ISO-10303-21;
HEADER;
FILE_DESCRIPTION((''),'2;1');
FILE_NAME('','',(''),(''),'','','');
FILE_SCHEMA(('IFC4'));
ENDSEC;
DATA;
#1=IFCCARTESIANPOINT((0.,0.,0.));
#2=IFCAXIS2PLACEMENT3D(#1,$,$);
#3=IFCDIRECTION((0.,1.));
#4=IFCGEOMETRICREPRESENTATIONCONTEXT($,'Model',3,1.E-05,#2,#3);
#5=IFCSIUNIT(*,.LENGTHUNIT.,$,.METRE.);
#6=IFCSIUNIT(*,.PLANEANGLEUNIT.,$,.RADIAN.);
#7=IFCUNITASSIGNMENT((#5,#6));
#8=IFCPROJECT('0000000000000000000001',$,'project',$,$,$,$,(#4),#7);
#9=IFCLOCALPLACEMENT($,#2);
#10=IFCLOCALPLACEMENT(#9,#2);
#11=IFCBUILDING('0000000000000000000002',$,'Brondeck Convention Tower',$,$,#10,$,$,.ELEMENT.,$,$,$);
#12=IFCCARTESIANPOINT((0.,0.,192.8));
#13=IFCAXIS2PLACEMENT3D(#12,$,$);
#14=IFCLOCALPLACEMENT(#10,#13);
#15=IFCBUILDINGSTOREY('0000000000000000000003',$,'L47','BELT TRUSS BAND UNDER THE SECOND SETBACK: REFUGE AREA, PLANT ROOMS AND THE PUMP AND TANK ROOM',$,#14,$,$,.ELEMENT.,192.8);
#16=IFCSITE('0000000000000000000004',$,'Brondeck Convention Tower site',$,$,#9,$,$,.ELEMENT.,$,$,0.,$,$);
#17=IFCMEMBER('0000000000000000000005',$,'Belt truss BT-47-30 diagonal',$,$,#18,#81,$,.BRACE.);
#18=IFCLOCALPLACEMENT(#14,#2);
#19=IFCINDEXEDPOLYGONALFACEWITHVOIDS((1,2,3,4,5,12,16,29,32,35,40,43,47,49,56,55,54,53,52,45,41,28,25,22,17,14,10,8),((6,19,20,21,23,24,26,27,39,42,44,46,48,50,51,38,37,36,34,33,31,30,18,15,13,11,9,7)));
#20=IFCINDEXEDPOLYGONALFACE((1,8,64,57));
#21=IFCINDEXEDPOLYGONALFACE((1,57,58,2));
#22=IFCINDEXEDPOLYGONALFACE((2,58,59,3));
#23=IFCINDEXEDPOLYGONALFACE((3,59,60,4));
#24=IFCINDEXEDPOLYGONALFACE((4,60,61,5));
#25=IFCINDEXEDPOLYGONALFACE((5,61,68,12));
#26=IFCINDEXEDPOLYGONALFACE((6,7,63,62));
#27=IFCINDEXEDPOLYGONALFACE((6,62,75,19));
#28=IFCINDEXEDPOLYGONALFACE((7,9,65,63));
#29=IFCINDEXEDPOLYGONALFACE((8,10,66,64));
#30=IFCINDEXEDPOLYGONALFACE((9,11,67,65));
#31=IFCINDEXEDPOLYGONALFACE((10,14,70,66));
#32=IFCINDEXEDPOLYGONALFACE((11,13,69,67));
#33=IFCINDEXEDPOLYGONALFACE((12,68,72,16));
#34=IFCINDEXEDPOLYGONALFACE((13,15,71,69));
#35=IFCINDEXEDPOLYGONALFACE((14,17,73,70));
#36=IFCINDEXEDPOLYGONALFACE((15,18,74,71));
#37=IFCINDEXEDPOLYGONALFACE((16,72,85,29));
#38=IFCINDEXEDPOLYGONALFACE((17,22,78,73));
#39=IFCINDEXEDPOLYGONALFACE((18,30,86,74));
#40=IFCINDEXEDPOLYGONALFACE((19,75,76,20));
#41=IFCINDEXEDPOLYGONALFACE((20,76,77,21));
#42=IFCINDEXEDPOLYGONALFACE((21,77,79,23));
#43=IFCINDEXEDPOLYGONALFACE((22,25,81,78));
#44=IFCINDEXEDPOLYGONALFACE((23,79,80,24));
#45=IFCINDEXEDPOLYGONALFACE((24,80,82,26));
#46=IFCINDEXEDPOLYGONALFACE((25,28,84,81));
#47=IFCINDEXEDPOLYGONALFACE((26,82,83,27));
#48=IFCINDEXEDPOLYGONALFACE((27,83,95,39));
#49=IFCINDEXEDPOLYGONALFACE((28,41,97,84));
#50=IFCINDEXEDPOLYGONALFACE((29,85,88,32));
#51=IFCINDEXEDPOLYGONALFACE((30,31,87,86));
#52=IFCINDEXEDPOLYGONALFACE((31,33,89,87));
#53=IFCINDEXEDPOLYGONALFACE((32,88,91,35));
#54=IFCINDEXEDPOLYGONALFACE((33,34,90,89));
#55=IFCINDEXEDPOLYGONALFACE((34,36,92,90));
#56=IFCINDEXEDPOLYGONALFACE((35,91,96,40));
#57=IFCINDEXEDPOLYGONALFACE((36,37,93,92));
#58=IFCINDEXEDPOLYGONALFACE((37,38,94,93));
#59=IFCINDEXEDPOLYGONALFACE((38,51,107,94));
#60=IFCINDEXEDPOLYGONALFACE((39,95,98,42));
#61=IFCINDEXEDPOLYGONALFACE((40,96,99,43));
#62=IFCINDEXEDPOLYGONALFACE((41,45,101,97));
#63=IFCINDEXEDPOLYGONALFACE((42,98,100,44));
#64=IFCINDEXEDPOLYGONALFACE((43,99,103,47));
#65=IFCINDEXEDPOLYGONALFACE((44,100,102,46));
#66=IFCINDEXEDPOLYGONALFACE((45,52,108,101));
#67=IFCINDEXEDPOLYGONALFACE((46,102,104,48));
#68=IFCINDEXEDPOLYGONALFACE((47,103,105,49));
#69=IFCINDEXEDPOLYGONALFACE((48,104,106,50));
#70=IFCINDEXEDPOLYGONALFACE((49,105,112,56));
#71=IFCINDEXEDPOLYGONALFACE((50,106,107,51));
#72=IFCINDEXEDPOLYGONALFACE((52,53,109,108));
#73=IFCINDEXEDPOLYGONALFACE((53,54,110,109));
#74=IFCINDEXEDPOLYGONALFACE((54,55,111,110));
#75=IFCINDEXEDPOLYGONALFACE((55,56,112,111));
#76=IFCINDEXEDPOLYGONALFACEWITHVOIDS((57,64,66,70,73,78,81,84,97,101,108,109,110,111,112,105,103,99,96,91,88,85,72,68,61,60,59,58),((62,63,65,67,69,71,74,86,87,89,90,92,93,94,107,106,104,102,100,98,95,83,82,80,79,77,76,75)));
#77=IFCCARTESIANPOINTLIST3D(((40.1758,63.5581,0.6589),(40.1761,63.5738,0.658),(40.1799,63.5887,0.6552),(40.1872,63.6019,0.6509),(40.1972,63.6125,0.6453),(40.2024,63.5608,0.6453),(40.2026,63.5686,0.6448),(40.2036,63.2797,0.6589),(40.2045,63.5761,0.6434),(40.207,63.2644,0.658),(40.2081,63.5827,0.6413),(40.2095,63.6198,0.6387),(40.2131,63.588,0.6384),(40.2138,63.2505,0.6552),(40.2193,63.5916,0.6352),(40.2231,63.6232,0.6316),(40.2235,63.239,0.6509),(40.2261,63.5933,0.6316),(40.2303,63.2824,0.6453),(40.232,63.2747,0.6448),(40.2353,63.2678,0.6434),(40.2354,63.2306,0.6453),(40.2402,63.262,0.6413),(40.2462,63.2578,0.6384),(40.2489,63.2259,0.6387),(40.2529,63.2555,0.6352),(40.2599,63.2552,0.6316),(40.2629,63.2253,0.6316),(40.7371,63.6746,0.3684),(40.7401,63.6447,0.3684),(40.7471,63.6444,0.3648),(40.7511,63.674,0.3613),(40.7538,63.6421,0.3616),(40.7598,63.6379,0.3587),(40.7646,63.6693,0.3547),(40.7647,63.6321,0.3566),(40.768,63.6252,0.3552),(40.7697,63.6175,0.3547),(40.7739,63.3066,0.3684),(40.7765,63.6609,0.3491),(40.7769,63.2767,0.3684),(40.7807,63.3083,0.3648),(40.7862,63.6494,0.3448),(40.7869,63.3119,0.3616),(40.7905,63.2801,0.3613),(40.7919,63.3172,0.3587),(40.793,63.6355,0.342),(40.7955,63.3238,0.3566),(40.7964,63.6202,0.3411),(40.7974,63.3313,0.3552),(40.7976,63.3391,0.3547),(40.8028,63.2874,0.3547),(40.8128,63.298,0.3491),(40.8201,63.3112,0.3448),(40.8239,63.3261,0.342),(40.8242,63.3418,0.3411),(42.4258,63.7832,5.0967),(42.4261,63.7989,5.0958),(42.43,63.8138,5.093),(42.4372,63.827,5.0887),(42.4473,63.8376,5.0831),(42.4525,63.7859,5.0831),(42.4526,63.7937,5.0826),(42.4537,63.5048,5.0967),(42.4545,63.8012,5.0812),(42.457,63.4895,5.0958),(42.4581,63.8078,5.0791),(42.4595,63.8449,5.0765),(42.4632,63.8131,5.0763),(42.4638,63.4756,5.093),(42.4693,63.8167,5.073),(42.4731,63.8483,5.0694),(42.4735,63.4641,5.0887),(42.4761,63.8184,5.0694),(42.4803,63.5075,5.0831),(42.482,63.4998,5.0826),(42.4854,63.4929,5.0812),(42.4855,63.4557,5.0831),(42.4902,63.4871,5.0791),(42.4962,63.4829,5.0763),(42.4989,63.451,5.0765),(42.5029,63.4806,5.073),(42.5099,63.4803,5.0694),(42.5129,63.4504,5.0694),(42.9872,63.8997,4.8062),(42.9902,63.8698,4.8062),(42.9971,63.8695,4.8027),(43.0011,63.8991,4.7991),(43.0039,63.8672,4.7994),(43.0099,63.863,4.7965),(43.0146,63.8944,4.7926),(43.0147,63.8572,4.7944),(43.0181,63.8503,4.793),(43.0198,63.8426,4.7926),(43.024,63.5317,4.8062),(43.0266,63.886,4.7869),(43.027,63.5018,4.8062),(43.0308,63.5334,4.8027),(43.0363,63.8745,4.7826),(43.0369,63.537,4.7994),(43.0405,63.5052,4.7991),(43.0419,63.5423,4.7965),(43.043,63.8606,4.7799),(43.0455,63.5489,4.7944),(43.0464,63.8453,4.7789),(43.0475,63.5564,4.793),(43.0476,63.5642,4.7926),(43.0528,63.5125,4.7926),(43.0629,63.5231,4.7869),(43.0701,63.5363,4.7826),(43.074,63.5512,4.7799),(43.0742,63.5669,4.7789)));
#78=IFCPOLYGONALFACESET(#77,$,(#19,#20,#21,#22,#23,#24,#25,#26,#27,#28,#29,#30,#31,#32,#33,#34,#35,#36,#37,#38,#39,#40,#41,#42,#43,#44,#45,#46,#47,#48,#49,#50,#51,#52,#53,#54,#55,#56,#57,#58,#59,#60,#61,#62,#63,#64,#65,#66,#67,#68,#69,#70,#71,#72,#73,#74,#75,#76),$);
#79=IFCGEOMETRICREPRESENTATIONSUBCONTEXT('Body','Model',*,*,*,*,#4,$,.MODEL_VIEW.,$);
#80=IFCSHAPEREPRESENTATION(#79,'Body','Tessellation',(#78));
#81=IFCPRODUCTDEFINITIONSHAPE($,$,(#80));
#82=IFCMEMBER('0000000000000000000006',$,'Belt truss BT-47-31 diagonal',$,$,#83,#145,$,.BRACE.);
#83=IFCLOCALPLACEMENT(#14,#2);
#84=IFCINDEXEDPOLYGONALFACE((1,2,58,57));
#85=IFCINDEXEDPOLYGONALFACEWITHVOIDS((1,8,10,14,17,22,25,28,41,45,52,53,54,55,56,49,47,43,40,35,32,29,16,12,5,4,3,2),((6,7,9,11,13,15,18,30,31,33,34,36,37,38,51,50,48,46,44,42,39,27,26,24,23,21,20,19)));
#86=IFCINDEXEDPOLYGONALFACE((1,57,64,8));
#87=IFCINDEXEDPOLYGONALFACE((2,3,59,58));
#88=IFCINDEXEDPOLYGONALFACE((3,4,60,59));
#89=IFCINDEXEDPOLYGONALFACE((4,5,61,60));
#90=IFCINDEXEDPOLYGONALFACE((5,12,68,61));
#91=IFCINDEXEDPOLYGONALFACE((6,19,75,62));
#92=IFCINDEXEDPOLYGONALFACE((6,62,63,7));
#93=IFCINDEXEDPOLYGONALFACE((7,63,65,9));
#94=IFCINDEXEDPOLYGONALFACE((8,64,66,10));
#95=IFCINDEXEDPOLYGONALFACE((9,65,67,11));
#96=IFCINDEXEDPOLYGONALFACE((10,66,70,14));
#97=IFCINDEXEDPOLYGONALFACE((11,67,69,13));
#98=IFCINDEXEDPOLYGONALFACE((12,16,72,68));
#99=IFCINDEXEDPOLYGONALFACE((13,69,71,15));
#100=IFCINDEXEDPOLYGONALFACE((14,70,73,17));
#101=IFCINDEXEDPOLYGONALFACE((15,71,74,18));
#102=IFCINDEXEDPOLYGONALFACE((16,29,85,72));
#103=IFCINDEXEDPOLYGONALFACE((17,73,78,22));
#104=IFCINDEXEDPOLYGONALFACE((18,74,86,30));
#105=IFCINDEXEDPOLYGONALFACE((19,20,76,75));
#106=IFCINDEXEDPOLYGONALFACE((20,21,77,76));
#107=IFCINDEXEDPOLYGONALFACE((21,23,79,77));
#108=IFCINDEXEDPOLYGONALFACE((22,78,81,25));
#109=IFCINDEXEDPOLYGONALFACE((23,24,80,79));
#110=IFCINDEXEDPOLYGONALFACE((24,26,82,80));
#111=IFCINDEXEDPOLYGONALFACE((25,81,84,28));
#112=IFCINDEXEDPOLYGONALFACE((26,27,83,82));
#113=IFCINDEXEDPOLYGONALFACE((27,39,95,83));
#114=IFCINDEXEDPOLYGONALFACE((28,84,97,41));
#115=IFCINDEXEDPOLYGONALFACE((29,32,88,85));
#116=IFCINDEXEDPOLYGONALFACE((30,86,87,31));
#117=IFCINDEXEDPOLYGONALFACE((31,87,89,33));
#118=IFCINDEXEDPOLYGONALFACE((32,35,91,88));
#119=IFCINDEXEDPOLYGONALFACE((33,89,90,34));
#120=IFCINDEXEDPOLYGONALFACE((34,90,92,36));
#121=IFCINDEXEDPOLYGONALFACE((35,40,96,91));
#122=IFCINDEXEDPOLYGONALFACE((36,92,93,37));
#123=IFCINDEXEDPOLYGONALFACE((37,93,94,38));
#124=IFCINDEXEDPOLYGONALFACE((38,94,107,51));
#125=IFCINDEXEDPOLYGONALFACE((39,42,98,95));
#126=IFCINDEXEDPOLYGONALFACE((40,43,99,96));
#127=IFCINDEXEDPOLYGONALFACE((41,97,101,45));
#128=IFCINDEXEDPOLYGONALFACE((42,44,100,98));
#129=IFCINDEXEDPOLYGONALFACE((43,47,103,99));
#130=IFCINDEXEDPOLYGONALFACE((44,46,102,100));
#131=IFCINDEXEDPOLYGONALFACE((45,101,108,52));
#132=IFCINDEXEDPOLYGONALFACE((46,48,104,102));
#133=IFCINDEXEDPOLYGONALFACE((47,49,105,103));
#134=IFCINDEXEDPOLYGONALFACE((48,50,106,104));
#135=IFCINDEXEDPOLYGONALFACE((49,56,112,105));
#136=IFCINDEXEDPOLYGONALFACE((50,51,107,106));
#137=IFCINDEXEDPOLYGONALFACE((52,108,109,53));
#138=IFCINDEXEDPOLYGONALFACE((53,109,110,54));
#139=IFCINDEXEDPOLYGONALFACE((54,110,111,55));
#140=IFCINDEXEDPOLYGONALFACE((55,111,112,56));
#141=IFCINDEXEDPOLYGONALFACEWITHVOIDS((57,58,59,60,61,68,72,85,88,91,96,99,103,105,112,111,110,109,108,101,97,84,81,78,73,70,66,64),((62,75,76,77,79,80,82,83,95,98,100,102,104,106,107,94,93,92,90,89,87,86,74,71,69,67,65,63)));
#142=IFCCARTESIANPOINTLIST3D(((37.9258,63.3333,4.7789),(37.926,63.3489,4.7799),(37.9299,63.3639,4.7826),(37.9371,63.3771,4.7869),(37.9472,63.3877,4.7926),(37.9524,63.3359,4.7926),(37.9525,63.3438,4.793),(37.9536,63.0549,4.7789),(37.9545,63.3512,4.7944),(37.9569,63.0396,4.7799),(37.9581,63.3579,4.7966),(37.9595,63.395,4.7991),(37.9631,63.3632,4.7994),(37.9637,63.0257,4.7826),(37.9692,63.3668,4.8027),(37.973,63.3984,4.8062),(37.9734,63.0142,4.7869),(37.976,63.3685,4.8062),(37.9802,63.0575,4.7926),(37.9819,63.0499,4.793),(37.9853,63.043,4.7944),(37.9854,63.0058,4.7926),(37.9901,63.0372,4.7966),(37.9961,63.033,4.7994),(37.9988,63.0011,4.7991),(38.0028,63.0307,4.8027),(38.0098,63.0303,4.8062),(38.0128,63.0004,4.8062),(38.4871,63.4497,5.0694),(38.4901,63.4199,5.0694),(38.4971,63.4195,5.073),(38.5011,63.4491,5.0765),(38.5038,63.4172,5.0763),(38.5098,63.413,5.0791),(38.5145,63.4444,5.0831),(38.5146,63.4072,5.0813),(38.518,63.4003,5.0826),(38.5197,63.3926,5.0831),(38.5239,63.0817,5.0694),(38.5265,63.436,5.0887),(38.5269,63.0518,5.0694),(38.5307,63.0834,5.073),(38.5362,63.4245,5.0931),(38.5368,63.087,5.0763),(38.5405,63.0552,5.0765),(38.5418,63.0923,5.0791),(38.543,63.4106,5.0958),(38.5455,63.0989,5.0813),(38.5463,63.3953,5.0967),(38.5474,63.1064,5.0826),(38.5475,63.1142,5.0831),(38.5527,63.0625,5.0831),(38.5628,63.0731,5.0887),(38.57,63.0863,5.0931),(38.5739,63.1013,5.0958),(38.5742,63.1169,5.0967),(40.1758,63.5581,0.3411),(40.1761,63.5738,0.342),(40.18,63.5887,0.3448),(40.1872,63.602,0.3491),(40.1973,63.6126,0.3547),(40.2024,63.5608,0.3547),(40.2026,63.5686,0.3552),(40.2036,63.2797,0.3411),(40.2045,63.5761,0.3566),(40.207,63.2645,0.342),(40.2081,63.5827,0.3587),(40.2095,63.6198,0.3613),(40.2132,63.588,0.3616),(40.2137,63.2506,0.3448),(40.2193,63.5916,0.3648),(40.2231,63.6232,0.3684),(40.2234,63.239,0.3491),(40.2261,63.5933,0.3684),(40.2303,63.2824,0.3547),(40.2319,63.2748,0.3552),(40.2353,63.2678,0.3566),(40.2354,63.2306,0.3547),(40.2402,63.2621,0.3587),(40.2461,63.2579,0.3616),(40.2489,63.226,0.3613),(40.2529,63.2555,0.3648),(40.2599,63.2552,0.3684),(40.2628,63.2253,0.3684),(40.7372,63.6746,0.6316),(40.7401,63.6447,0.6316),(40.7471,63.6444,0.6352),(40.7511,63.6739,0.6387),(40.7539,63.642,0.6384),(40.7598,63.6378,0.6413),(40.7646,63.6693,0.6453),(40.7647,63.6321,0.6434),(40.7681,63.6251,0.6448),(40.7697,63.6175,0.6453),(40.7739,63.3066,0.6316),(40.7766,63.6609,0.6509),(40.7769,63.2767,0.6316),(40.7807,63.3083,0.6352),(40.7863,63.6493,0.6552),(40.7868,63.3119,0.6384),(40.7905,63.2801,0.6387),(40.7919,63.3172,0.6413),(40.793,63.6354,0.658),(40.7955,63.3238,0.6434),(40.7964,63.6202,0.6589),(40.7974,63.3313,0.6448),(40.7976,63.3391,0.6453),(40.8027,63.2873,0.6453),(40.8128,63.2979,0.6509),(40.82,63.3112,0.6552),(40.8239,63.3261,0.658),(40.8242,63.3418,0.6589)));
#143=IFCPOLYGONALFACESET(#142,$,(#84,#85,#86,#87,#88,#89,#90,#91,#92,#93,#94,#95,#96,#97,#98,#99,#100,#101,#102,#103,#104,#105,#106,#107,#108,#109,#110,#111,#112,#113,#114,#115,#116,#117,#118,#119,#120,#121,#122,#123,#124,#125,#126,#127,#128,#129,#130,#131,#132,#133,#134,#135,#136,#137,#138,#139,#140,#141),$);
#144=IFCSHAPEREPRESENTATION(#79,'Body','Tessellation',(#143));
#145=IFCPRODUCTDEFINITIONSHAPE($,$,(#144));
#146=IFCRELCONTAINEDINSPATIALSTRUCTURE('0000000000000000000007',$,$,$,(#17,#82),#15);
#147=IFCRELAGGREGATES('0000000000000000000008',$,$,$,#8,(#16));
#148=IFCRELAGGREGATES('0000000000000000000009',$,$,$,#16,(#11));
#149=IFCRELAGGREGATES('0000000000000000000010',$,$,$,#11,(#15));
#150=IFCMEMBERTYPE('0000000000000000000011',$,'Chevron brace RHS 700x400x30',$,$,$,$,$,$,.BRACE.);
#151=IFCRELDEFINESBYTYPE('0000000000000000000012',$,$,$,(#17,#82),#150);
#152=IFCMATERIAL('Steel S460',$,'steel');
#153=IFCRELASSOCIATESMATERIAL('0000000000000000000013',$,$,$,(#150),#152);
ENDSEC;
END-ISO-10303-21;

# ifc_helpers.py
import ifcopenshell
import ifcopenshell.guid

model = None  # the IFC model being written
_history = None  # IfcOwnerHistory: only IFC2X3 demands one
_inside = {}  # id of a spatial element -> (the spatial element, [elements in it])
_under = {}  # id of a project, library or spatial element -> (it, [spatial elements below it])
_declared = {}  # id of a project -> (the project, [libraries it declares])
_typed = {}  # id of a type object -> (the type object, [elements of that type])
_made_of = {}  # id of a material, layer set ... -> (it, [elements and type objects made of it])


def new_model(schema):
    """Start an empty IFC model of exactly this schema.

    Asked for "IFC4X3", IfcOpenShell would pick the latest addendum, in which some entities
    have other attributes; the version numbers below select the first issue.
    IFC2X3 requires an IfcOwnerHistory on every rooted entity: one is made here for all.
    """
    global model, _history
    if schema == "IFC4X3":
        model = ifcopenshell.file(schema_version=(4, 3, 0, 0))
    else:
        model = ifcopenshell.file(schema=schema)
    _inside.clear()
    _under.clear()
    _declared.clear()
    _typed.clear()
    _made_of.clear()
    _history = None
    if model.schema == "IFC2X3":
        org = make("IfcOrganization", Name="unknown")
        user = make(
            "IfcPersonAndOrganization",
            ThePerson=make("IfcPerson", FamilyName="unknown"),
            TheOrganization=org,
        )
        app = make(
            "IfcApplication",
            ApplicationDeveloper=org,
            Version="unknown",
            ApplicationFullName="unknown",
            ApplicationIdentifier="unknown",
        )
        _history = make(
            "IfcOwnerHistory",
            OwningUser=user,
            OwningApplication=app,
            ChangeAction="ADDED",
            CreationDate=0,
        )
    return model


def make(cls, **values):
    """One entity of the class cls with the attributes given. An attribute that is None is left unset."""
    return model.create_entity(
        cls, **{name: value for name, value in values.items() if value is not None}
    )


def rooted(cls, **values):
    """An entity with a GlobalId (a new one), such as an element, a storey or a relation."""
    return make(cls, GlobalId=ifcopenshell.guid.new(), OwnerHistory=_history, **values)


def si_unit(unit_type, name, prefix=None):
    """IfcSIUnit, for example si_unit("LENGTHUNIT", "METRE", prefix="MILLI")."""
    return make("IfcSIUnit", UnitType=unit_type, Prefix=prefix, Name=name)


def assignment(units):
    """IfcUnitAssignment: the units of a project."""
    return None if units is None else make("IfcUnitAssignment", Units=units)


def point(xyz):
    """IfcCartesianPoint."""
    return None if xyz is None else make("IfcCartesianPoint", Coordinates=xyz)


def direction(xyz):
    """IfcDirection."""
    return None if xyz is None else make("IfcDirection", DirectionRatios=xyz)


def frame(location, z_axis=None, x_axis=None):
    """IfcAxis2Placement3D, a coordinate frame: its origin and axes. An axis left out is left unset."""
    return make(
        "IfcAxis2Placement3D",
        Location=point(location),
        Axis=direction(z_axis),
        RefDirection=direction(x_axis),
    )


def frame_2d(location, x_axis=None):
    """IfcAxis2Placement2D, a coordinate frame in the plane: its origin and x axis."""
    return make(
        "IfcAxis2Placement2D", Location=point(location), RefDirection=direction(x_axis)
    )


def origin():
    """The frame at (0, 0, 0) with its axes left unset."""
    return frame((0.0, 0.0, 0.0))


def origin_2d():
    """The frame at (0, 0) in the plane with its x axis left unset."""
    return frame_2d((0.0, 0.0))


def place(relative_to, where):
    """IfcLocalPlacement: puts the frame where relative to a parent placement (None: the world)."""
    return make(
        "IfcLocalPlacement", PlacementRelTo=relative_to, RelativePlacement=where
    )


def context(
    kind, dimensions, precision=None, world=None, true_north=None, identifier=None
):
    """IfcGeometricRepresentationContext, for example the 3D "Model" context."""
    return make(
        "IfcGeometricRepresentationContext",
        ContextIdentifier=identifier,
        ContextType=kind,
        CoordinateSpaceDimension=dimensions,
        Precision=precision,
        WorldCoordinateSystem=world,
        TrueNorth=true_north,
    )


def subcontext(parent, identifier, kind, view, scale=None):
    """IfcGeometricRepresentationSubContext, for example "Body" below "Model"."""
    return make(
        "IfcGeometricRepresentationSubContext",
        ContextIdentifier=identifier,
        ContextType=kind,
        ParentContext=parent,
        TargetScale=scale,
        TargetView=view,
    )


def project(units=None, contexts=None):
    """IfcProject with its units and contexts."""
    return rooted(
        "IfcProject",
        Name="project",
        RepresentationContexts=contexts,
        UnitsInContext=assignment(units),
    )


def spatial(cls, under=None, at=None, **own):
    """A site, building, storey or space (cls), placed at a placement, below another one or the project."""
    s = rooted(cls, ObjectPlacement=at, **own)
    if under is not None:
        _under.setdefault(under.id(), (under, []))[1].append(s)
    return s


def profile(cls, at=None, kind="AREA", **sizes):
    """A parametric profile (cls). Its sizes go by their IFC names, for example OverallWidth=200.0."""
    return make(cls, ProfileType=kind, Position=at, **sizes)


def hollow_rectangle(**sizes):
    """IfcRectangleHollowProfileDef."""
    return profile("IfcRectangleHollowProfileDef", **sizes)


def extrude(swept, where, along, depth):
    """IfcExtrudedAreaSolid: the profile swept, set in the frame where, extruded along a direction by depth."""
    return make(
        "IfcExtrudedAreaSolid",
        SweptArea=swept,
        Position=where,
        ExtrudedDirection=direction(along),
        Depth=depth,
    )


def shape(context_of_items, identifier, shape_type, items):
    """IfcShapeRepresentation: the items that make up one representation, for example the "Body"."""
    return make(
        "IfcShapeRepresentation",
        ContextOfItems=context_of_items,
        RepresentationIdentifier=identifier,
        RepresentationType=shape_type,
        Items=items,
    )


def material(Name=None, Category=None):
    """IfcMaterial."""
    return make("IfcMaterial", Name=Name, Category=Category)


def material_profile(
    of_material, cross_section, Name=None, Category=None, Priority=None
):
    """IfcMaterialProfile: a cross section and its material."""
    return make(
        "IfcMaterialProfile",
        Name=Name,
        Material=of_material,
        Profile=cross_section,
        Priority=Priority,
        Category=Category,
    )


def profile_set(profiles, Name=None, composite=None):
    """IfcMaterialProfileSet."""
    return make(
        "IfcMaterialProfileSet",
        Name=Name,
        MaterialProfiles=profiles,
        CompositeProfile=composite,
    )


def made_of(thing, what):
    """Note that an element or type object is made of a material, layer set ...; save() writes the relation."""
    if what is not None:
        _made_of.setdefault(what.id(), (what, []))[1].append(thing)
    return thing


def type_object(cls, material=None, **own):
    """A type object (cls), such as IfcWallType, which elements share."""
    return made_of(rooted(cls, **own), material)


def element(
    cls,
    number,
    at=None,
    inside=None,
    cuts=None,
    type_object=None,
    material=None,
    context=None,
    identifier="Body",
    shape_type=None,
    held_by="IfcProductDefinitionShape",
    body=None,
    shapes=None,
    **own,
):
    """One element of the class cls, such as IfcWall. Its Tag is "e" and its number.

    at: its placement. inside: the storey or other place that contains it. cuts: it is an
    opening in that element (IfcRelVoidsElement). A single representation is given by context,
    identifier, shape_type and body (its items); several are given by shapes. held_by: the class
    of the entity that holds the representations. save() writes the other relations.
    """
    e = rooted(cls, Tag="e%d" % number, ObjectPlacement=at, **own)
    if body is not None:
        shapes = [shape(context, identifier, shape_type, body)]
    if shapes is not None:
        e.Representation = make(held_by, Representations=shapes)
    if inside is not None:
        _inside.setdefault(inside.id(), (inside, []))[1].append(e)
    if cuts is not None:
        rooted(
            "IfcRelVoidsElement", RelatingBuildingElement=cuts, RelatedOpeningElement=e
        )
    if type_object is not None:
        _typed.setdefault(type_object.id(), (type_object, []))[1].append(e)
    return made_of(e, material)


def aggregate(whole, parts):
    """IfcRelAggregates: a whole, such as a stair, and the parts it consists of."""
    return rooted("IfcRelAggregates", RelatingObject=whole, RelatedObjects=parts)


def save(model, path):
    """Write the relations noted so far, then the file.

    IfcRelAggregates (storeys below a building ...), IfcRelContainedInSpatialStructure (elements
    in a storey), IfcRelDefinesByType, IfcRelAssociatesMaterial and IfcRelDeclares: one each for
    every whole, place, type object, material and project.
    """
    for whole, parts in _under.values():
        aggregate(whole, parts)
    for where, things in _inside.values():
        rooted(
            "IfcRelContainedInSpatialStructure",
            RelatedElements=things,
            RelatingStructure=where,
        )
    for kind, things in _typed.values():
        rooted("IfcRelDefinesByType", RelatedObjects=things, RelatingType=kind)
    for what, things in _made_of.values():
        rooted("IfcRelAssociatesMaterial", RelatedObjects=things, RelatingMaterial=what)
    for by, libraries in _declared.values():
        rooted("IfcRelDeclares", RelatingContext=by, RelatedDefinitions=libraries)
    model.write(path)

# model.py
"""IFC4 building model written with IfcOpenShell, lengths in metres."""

from ifc_helpers import new_model, si_unit, direction, frame, origin, origin_2d, place, context, subcontext, project, spatial, hollow_rectangle, extrude, material, material_profile, profile_set, type_object, element, save


model = new_model("IFC4")

# Units and contexts
model_context = context("Model", 3, precision=1e-05, world=origin(), true_north=direction((0.0, 1.0)))
body_context = subcontext(model_context, "Body", "Model", "MODEL_VIEW")
ifc_project = project(units=[si_unit("LENGTHUNIT", "METRE"), si_unit("PLANEANGLEUNIT", "RADIAN")], contexts=[model_context])

# Site, building, storey
site_placement = place(None, origin())
site = spatial("IfcSite", under=ifc_project, at=site_placement, Name="Brondeck Convention Tower site", CompositionType="ELEMENT", RefElevation=0.0)
building_placement = place(site_placement, origin())
building = spatial("IfcBuilding", under=site, at=building_placement, Name="Brondeck Convention Tower", CompositionType="ELEMENT")
storey_placement = place(building_placement, frame((0.0, 0.0, 192.8)))
storey = spatial("IfcBuildingStorey", under=building, at=storey_placement, Name="L47", Description="BELT TRUSS BAND UNDER THE SECOND SETBACK: REFUGE AREA, PLANT ROOMS AND THE PUMP AND TANK ROOM", CompositionType="ELEMENT", Elevation=192.8)

# Members
ifc_material_1 = material(Name="Steel S460", Category="steel")
ifc_material_profile_1 = material_profile(ifc_material_1, hollow_rectangle(XDim=0.3999, YDim=0.7, WallThickness=0.03, InnerFilletRadius=0.03, OuterFilletRadius=0.0601, at=origin_2d()), Name="RHS 700x400x30")
ifc_profile_set_1 = profile_set([ifc_material_profile_1], Name="Steel S460")
member_type_1 = type_object("IfcMemberType", Name="Chevron brace RHS 700x400x30", PredefinedType="BRACE", material=ifc_profile_set_1)
for number, where, z_axis, x_axis, name in (
    (1, (40.5, 63.45, 0.5), (0.451749, 0.045195, 0.890999), (-0.099546, 0.995033, 0.0), "Belt truss BT-47-30 diagonal"),
    (2, (40.5, 63.45, 0.5), (-0.45175, -0.045146, 0.891001), (0.09944, -0.995044, 0.0), "Belt truss BT-47-31 diagonal"),
):
    element("IfcMember", number, at=place(storey_placement, frame(where, z_axis=z_axis, x_axis=x_axis)), inside=storey, type_object=member_type_1, Name=name, PredefinedType="BRACE", context=body_context, shape_type="SweptSolid", body=[
        extrude(hollow_rectangle(XDim=0.3999, YDim=0.7, WallThickness=0.03, InnerFilletRadius=0.03, OuterFilletRadius=0.0601, at=origin_2d()), origin(), (0.0, 0.0, 1.0), 4.9807),
    ])

save(model, "model.ifc")
